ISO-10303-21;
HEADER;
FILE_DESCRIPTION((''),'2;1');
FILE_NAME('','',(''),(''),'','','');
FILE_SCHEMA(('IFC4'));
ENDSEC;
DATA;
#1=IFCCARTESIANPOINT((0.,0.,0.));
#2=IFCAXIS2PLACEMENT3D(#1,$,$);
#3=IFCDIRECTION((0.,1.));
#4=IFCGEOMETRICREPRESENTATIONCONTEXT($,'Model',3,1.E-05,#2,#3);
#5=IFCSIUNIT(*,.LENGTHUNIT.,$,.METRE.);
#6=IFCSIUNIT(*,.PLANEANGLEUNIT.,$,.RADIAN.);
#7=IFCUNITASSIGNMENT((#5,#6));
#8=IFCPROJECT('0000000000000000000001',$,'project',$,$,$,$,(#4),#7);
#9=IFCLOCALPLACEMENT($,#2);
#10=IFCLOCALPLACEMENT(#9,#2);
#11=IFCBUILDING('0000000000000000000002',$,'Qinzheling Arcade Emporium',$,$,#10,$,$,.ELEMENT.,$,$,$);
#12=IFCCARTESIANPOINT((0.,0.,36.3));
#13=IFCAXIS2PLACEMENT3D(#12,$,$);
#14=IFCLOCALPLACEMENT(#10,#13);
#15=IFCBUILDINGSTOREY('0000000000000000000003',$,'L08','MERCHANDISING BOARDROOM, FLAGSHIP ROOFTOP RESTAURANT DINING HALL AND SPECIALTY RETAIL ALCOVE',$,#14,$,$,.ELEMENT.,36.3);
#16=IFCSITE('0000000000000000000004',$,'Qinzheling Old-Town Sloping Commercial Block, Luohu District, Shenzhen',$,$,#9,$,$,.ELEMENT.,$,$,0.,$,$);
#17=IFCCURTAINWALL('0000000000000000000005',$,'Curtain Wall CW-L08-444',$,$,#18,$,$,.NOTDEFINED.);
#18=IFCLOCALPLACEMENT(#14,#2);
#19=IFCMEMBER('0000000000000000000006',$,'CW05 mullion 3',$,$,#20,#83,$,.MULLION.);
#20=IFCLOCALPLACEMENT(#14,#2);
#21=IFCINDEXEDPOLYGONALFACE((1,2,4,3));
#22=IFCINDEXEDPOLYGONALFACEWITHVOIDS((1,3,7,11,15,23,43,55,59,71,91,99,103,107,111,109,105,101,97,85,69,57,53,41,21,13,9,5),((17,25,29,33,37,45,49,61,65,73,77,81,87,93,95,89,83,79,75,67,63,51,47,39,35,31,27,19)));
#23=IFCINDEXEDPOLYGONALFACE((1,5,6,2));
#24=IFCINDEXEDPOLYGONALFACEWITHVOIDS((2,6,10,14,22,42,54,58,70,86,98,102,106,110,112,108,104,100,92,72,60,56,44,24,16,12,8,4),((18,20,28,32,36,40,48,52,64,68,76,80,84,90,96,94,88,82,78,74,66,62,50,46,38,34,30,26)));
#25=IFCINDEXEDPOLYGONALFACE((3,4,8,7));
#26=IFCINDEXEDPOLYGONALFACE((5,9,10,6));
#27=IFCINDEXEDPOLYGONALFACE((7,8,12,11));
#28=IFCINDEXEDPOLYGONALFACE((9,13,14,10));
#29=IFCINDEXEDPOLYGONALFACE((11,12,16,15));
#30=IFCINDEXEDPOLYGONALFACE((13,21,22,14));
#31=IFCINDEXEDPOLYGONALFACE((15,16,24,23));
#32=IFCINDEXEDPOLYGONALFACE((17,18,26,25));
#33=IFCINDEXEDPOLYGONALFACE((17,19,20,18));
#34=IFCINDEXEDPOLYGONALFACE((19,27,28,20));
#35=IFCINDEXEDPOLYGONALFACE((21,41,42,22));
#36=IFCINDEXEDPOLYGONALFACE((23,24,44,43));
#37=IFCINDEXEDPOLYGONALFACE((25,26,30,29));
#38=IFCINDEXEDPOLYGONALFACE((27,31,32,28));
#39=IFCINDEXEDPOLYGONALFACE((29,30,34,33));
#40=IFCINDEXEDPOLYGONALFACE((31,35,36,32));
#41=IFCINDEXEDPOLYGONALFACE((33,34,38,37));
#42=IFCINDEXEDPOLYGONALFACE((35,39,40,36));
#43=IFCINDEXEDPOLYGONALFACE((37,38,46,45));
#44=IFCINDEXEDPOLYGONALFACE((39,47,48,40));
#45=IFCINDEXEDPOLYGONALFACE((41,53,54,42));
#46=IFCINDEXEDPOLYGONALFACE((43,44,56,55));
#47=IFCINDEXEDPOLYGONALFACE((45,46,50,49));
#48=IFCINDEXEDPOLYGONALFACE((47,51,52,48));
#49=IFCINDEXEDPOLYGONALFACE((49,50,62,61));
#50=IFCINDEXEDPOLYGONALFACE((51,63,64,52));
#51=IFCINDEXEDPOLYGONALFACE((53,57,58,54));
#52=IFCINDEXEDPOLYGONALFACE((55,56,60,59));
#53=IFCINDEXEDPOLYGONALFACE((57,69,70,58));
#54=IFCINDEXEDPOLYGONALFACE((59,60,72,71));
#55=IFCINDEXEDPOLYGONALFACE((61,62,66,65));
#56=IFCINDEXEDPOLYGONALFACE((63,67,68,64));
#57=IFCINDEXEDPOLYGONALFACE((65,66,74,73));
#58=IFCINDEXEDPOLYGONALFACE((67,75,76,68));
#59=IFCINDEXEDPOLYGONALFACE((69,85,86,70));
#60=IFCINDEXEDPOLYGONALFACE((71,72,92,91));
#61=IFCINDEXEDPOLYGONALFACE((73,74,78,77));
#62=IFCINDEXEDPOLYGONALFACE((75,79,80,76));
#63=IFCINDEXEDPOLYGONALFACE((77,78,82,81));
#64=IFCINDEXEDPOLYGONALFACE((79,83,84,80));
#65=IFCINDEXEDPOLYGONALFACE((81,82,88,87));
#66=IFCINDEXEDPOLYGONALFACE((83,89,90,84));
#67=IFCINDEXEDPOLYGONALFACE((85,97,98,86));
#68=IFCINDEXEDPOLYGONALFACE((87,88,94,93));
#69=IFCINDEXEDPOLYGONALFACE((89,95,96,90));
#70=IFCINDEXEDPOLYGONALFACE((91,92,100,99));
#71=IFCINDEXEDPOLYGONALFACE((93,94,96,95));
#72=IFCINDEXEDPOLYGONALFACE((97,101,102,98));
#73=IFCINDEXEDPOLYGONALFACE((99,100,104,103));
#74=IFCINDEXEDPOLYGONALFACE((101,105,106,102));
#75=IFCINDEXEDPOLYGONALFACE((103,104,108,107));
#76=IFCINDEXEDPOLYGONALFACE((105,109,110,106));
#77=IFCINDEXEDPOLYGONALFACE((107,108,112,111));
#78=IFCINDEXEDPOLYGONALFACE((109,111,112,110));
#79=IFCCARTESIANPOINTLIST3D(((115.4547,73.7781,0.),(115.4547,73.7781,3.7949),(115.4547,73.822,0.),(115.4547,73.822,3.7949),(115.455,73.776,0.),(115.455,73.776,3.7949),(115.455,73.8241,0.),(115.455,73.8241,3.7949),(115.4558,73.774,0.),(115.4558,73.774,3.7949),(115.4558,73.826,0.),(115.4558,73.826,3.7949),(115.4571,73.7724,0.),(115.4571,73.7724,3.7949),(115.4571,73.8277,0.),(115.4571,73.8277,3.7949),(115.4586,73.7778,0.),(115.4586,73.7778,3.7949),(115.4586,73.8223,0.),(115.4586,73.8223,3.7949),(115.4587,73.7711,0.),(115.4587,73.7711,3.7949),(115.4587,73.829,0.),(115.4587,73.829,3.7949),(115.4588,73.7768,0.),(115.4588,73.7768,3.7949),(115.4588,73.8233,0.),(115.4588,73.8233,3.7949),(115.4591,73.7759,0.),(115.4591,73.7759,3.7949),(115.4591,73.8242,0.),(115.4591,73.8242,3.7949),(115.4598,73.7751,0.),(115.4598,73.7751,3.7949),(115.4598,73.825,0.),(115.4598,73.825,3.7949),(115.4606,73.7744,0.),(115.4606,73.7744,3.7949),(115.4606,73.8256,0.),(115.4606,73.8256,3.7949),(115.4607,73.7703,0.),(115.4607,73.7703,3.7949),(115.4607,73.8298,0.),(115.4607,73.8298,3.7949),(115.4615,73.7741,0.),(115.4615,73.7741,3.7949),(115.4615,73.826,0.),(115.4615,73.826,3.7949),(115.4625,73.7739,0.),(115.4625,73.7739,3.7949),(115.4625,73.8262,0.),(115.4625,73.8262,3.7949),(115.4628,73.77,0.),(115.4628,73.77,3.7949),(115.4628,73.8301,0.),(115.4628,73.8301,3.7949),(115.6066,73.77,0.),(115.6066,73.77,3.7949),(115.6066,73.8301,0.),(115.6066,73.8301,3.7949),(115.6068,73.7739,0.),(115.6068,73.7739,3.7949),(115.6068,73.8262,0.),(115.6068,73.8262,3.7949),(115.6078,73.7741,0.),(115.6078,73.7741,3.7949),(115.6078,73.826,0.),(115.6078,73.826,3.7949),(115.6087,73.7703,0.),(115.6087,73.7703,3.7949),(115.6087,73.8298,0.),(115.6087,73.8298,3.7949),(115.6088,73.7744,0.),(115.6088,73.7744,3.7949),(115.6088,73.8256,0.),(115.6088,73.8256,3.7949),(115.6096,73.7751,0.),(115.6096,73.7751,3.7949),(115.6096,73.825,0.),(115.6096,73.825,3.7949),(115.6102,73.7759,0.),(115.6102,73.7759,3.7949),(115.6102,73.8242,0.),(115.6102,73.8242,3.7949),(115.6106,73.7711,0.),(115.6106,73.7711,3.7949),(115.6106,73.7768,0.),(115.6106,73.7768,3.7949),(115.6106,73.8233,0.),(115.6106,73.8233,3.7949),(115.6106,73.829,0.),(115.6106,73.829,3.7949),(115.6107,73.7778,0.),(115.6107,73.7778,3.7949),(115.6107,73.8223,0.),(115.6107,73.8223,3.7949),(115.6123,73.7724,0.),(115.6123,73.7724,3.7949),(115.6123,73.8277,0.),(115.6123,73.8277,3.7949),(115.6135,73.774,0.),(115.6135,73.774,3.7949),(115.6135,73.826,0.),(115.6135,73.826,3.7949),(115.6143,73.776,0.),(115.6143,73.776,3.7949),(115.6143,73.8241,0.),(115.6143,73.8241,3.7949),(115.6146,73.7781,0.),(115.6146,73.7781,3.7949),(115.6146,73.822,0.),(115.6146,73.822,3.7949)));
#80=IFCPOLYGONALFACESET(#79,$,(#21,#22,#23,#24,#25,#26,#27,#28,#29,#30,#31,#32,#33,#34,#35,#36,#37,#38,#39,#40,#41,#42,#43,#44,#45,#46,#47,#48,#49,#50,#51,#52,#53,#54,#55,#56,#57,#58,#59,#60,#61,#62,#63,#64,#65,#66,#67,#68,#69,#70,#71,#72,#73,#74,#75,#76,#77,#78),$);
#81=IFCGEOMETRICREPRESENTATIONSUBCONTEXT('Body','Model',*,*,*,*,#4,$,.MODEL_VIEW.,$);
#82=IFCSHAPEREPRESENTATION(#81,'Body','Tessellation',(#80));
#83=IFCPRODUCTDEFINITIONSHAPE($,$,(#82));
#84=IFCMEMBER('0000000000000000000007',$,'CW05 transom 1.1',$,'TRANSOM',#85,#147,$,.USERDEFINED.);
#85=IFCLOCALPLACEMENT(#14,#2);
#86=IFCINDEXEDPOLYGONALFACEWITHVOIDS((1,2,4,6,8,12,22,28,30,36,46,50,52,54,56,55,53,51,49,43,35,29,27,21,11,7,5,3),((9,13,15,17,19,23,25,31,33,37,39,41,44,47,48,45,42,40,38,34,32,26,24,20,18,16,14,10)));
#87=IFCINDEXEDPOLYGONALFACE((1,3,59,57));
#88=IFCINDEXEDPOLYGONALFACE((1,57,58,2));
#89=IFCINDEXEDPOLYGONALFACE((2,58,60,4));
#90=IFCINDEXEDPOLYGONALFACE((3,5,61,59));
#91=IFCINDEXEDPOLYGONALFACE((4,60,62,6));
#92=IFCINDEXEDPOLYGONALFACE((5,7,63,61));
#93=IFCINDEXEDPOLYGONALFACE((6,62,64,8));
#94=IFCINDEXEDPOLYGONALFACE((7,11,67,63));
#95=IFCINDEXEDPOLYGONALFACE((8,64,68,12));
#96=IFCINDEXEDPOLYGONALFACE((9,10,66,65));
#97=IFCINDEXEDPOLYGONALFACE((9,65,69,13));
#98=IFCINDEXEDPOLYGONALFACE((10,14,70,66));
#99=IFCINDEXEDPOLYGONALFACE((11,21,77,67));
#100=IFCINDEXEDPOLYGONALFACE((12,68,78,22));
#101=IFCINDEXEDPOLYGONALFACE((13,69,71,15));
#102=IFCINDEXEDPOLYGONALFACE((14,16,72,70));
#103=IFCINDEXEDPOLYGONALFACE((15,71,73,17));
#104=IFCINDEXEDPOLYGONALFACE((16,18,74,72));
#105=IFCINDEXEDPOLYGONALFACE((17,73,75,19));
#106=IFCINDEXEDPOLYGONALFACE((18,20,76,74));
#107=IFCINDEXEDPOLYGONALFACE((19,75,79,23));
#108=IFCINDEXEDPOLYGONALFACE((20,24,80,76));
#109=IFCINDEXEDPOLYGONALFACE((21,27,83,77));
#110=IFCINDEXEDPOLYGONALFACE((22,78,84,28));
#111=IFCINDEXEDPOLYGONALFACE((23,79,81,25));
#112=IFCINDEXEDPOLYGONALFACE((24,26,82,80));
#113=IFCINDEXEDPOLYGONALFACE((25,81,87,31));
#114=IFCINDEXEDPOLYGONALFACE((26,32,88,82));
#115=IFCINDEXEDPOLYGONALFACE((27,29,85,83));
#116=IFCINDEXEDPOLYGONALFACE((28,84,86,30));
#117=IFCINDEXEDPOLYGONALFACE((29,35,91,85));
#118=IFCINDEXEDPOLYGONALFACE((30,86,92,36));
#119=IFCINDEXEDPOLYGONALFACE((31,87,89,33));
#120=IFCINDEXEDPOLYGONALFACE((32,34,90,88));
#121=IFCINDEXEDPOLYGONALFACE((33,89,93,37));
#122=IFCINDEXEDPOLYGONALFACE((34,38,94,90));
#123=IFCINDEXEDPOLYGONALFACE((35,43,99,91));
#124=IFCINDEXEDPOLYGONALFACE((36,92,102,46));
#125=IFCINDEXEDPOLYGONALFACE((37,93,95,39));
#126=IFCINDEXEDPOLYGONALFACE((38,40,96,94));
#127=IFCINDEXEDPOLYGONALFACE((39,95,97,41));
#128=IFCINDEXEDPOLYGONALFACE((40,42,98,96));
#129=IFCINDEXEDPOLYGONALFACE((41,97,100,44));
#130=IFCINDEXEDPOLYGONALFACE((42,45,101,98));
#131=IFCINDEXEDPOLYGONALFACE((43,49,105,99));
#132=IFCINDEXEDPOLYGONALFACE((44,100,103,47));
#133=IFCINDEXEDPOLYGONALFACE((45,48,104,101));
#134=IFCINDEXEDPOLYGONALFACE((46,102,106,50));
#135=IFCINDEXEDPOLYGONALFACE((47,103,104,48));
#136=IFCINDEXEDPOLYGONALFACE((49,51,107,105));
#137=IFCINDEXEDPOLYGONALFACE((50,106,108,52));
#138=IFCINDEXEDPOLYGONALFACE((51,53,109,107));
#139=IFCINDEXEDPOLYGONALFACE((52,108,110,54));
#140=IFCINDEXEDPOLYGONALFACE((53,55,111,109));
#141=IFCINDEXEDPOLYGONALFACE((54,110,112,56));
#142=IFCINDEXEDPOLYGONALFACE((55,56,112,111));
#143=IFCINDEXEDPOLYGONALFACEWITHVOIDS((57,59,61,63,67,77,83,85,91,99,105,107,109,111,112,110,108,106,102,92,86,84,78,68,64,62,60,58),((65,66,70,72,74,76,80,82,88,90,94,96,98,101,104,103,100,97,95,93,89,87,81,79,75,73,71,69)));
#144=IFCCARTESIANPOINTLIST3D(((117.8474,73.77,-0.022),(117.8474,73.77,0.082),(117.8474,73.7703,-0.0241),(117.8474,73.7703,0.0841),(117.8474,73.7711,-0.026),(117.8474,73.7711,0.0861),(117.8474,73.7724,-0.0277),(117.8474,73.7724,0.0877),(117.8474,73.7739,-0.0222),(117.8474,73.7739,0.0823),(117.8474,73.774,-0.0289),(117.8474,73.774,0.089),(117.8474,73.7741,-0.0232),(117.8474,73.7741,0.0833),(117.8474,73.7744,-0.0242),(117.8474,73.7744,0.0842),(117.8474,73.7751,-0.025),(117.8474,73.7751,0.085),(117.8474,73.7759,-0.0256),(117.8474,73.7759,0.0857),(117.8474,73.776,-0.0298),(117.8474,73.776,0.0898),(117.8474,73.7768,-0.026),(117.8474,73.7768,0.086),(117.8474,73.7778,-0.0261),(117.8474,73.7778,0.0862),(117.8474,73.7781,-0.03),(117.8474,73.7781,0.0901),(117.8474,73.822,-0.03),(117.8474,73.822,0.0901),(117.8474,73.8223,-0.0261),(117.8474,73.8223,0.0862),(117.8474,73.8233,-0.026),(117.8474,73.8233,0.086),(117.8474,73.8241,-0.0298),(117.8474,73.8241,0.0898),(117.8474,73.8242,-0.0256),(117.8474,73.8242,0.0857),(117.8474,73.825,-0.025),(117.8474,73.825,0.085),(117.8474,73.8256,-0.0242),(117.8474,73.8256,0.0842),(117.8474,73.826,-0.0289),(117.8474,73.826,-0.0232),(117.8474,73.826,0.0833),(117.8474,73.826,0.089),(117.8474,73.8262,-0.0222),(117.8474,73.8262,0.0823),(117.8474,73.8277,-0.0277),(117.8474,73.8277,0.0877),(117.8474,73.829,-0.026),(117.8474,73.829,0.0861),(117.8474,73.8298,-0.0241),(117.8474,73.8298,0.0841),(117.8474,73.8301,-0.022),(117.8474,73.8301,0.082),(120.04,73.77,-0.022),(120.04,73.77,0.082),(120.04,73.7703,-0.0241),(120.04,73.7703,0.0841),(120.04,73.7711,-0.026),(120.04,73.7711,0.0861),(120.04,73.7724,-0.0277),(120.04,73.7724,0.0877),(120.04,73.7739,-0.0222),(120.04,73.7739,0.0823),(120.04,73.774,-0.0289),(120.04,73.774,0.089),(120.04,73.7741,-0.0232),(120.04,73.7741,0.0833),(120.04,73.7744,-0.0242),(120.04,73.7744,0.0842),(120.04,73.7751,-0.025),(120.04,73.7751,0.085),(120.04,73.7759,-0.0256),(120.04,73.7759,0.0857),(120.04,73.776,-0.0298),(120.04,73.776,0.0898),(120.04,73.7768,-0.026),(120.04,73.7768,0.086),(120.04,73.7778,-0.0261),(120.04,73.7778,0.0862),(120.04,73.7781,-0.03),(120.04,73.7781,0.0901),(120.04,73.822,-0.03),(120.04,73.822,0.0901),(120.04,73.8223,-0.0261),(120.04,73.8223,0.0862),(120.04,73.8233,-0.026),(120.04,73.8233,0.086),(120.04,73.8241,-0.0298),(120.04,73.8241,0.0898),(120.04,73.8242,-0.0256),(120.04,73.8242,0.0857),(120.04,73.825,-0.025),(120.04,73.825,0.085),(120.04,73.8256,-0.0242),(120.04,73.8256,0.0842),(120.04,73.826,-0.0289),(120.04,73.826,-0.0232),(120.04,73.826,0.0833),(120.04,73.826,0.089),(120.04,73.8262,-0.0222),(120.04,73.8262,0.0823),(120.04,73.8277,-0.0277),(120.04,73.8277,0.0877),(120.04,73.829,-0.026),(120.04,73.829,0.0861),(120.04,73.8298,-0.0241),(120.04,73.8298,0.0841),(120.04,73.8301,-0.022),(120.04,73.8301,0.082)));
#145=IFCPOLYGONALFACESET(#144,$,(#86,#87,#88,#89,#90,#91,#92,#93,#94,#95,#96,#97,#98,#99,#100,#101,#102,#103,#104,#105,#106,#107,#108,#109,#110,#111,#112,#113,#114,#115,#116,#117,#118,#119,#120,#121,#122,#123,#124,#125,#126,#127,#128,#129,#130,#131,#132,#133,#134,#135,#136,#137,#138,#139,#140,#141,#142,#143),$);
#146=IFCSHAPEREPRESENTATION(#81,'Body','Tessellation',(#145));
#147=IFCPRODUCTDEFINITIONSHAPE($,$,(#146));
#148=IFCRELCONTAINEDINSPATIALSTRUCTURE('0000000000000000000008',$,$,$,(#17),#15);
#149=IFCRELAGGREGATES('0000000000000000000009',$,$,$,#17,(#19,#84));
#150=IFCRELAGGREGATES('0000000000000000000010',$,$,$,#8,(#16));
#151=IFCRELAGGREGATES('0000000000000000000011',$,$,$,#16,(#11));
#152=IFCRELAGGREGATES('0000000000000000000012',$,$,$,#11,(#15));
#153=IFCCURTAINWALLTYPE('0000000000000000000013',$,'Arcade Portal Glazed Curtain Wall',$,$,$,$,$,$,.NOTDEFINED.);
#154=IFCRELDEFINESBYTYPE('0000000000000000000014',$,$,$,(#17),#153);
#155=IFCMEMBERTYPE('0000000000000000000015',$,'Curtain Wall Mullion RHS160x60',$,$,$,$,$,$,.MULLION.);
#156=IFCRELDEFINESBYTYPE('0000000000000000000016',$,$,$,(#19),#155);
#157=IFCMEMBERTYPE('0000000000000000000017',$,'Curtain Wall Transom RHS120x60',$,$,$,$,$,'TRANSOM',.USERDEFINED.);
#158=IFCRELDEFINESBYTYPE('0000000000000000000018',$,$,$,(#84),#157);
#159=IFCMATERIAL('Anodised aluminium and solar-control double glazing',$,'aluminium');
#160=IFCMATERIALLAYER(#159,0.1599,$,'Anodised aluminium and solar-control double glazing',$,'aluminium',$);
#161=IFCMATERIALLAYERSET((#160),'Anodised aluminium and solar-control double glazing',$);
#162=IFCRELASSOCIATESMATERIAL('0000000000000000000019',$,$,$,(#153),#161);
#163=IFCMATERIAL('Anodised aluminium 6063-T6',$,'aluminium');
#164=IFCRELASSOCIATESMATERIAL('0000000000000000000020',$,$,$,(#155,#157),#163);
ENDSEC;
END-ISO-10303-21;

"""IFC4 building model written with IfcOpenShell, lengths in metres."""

from ifc_helpers import new_model, si_unit, direction, frame, origin, origin_2d, place, context, subcontext, project, spatial, hollow_rectangle, extrude, material, layer, layer_set, material_profile, profile_set, type_object, element, aggregate, save


model = new_model("IFC4")

# Units and contexts
model_context = context("Model", 3, precision=1e-05, world=origin(), true_north=direction((0.0, 1.0)))
body_context = subcontext(model_context, "Body", "Model", "MODEL_VIEW")
ifc_project = project(units=[si_unit("LENGTHUNIT", "METRE"), si_unit("PLANEANGLEUNIT", "RADIAN")], contexts=[model_context])

# Site, building, storey
site_placement = place(None, origin())
site = spatial("IfcSite", under=ifc_project, at=site_placement, Name="Qinzheling Old-Town Sloping Commercial Block, Luohu District, Shenzhen", CompositionType="ELEMENT", RefElevation=0.0)
building_placement = place(site_placement, origin())
building = spatial("IfcBuilding", under=site, at=building_placement, Name="Qinzheling Arcade Emporium", CompositionType="ELEMENT")
storey_placement = place(building_placement, frame((0.0, 0.0, 36.3)))
storey = spatial("IfcBuildingStorey", under=building, at=storey_placement, Name="L08", Description="MERCHANDISING BOARDROOM, FLAGSHIP ROOFTOP RESTAURANT DINING HALL AND SPECIALTY RETAIL ALCOVE", CompositionType="ELEMENT", Elevation=36.3)

# Curtain wall, members
ifc_material_1 = material(Name="Anodised aluminium and solar-control double glazing", Category="aluminium")
ifc_layer_1 = layer(ifc_material_1, 0.1599, Name="Anodised aluminium and solar-control double glazing", Category="aluminium")
ifc_layer_set_1 = layer_set([ifc_layer_1], Name="Anodised aluminium and solar-control double glazing")
curtain_wall_type = type_object("IfcCurtainWallType", Name="Arcade Portal Glazed Curtain Wall", PredefinedType="NOTDEFINED", material=ifc_layer_set_1)
curtain_wall_placement = place(storey_placement, origin())
curtain_wall = element("IfcCurtainWall", 1, at=curtain_wall_placement, inside=storey, type_object=curtain_wall_type, Name="Curtain Wall CW-L08-444", PredefinedType="NOTDEFINED")
ifc_material_2 = material(Name="Anodised aluminium 6063-T6", Category="aluminium")
ifc_material_profile_1 = material_profile(ifc_material_2, hollow_rectangle(XDim=0.0601, YDim=0.1599, WallThickness=0.0039, InnerFilletRadius=0.0039, OuterFilletRadius=0.0081, at=origin_2d()), Name="RHS 160x60x4", Category="aluminium")
ifc_profile_set_1 = profile_set([ifc_material_profile_1], Name="Anodised aluminium 6063-T6")
member_type_1 = type_object("IfcMemberType", Name="Curtain Wall Mullion RHS160x60", PredefinedType="MULLION", material=ifc_profile_set_1)
member_1_placement = place(storey_placement, frame((115.5347, 73.8, 0.0), z_axis=(0.0, 0.0, 1.0), x_axis=(0.0, -1.0, 0.0)))
member_1 = element("IfcMember", 2, at=member_1_placement, type_object=member_type_1, Name="CW05 mullion 3", PredefinedType="MULLION", context=body_context, shape_type="SweptSolid", body=[
    extrude(hollow_rectangle(XDim=0.0601, YDim=0.1599, WallThickness=0.0039, InnerFilletRadius=0.0039, OuterFilletRadius=0.0081, at=origin_2d()), origin(), (0.0, 0.0, 1.0), 3.7949),
])
ifc_material_profile_2 = material_profile(ifc_material_2, hollow_rectangle(XDim=0.0601, YDim=0.1201, WallThickness=0.0039, InnerFilletRadius=0.0039, OuterFilletRadius=0.0081, at=origin_2d()), Name="RHS 120x60x4", Category="aluminium")
ifc_profile_set_2 = profile_set([ifc_material_profile_2], Name="Anodised aluminium 6063-T6")
member_type_2 = type_object("IfcMemberType", Name="Curtain Wall Transom RHS120x60", ElementType="TRANSOM", PredefinedType="USERDEFINED", material=ifc_profile_set_2)
member_2_placement = place(storey_placement, frame((120.04, 73.8, 0.03), z_axis=(-1.0, 0.0, 0.0), x_axis=(0.0, -1.0, 0.0)))
member_2 = element("IfcMember", 3, at=member_2_placement, type_object=member_type_2, Name="CW05 transom 1.1", ObjectType="TRANSOM", PredefinedType="USERDEFINED", context=body_context, shape_type="SweptSolid", body=[
    extrude(hollow_rectangle(XDim=0.0601, YDim=0.1201, WallThickness=0.0039, InnerFilletRadius=0.0039, OuterFilletRadius=0.0081, at=origin_2d()), origin(), (0.0, 0.0, 1.0), 2.1926),
])
aggregate(curtain_wall, [member_1, member_2])

save(model, "model.ifc")
